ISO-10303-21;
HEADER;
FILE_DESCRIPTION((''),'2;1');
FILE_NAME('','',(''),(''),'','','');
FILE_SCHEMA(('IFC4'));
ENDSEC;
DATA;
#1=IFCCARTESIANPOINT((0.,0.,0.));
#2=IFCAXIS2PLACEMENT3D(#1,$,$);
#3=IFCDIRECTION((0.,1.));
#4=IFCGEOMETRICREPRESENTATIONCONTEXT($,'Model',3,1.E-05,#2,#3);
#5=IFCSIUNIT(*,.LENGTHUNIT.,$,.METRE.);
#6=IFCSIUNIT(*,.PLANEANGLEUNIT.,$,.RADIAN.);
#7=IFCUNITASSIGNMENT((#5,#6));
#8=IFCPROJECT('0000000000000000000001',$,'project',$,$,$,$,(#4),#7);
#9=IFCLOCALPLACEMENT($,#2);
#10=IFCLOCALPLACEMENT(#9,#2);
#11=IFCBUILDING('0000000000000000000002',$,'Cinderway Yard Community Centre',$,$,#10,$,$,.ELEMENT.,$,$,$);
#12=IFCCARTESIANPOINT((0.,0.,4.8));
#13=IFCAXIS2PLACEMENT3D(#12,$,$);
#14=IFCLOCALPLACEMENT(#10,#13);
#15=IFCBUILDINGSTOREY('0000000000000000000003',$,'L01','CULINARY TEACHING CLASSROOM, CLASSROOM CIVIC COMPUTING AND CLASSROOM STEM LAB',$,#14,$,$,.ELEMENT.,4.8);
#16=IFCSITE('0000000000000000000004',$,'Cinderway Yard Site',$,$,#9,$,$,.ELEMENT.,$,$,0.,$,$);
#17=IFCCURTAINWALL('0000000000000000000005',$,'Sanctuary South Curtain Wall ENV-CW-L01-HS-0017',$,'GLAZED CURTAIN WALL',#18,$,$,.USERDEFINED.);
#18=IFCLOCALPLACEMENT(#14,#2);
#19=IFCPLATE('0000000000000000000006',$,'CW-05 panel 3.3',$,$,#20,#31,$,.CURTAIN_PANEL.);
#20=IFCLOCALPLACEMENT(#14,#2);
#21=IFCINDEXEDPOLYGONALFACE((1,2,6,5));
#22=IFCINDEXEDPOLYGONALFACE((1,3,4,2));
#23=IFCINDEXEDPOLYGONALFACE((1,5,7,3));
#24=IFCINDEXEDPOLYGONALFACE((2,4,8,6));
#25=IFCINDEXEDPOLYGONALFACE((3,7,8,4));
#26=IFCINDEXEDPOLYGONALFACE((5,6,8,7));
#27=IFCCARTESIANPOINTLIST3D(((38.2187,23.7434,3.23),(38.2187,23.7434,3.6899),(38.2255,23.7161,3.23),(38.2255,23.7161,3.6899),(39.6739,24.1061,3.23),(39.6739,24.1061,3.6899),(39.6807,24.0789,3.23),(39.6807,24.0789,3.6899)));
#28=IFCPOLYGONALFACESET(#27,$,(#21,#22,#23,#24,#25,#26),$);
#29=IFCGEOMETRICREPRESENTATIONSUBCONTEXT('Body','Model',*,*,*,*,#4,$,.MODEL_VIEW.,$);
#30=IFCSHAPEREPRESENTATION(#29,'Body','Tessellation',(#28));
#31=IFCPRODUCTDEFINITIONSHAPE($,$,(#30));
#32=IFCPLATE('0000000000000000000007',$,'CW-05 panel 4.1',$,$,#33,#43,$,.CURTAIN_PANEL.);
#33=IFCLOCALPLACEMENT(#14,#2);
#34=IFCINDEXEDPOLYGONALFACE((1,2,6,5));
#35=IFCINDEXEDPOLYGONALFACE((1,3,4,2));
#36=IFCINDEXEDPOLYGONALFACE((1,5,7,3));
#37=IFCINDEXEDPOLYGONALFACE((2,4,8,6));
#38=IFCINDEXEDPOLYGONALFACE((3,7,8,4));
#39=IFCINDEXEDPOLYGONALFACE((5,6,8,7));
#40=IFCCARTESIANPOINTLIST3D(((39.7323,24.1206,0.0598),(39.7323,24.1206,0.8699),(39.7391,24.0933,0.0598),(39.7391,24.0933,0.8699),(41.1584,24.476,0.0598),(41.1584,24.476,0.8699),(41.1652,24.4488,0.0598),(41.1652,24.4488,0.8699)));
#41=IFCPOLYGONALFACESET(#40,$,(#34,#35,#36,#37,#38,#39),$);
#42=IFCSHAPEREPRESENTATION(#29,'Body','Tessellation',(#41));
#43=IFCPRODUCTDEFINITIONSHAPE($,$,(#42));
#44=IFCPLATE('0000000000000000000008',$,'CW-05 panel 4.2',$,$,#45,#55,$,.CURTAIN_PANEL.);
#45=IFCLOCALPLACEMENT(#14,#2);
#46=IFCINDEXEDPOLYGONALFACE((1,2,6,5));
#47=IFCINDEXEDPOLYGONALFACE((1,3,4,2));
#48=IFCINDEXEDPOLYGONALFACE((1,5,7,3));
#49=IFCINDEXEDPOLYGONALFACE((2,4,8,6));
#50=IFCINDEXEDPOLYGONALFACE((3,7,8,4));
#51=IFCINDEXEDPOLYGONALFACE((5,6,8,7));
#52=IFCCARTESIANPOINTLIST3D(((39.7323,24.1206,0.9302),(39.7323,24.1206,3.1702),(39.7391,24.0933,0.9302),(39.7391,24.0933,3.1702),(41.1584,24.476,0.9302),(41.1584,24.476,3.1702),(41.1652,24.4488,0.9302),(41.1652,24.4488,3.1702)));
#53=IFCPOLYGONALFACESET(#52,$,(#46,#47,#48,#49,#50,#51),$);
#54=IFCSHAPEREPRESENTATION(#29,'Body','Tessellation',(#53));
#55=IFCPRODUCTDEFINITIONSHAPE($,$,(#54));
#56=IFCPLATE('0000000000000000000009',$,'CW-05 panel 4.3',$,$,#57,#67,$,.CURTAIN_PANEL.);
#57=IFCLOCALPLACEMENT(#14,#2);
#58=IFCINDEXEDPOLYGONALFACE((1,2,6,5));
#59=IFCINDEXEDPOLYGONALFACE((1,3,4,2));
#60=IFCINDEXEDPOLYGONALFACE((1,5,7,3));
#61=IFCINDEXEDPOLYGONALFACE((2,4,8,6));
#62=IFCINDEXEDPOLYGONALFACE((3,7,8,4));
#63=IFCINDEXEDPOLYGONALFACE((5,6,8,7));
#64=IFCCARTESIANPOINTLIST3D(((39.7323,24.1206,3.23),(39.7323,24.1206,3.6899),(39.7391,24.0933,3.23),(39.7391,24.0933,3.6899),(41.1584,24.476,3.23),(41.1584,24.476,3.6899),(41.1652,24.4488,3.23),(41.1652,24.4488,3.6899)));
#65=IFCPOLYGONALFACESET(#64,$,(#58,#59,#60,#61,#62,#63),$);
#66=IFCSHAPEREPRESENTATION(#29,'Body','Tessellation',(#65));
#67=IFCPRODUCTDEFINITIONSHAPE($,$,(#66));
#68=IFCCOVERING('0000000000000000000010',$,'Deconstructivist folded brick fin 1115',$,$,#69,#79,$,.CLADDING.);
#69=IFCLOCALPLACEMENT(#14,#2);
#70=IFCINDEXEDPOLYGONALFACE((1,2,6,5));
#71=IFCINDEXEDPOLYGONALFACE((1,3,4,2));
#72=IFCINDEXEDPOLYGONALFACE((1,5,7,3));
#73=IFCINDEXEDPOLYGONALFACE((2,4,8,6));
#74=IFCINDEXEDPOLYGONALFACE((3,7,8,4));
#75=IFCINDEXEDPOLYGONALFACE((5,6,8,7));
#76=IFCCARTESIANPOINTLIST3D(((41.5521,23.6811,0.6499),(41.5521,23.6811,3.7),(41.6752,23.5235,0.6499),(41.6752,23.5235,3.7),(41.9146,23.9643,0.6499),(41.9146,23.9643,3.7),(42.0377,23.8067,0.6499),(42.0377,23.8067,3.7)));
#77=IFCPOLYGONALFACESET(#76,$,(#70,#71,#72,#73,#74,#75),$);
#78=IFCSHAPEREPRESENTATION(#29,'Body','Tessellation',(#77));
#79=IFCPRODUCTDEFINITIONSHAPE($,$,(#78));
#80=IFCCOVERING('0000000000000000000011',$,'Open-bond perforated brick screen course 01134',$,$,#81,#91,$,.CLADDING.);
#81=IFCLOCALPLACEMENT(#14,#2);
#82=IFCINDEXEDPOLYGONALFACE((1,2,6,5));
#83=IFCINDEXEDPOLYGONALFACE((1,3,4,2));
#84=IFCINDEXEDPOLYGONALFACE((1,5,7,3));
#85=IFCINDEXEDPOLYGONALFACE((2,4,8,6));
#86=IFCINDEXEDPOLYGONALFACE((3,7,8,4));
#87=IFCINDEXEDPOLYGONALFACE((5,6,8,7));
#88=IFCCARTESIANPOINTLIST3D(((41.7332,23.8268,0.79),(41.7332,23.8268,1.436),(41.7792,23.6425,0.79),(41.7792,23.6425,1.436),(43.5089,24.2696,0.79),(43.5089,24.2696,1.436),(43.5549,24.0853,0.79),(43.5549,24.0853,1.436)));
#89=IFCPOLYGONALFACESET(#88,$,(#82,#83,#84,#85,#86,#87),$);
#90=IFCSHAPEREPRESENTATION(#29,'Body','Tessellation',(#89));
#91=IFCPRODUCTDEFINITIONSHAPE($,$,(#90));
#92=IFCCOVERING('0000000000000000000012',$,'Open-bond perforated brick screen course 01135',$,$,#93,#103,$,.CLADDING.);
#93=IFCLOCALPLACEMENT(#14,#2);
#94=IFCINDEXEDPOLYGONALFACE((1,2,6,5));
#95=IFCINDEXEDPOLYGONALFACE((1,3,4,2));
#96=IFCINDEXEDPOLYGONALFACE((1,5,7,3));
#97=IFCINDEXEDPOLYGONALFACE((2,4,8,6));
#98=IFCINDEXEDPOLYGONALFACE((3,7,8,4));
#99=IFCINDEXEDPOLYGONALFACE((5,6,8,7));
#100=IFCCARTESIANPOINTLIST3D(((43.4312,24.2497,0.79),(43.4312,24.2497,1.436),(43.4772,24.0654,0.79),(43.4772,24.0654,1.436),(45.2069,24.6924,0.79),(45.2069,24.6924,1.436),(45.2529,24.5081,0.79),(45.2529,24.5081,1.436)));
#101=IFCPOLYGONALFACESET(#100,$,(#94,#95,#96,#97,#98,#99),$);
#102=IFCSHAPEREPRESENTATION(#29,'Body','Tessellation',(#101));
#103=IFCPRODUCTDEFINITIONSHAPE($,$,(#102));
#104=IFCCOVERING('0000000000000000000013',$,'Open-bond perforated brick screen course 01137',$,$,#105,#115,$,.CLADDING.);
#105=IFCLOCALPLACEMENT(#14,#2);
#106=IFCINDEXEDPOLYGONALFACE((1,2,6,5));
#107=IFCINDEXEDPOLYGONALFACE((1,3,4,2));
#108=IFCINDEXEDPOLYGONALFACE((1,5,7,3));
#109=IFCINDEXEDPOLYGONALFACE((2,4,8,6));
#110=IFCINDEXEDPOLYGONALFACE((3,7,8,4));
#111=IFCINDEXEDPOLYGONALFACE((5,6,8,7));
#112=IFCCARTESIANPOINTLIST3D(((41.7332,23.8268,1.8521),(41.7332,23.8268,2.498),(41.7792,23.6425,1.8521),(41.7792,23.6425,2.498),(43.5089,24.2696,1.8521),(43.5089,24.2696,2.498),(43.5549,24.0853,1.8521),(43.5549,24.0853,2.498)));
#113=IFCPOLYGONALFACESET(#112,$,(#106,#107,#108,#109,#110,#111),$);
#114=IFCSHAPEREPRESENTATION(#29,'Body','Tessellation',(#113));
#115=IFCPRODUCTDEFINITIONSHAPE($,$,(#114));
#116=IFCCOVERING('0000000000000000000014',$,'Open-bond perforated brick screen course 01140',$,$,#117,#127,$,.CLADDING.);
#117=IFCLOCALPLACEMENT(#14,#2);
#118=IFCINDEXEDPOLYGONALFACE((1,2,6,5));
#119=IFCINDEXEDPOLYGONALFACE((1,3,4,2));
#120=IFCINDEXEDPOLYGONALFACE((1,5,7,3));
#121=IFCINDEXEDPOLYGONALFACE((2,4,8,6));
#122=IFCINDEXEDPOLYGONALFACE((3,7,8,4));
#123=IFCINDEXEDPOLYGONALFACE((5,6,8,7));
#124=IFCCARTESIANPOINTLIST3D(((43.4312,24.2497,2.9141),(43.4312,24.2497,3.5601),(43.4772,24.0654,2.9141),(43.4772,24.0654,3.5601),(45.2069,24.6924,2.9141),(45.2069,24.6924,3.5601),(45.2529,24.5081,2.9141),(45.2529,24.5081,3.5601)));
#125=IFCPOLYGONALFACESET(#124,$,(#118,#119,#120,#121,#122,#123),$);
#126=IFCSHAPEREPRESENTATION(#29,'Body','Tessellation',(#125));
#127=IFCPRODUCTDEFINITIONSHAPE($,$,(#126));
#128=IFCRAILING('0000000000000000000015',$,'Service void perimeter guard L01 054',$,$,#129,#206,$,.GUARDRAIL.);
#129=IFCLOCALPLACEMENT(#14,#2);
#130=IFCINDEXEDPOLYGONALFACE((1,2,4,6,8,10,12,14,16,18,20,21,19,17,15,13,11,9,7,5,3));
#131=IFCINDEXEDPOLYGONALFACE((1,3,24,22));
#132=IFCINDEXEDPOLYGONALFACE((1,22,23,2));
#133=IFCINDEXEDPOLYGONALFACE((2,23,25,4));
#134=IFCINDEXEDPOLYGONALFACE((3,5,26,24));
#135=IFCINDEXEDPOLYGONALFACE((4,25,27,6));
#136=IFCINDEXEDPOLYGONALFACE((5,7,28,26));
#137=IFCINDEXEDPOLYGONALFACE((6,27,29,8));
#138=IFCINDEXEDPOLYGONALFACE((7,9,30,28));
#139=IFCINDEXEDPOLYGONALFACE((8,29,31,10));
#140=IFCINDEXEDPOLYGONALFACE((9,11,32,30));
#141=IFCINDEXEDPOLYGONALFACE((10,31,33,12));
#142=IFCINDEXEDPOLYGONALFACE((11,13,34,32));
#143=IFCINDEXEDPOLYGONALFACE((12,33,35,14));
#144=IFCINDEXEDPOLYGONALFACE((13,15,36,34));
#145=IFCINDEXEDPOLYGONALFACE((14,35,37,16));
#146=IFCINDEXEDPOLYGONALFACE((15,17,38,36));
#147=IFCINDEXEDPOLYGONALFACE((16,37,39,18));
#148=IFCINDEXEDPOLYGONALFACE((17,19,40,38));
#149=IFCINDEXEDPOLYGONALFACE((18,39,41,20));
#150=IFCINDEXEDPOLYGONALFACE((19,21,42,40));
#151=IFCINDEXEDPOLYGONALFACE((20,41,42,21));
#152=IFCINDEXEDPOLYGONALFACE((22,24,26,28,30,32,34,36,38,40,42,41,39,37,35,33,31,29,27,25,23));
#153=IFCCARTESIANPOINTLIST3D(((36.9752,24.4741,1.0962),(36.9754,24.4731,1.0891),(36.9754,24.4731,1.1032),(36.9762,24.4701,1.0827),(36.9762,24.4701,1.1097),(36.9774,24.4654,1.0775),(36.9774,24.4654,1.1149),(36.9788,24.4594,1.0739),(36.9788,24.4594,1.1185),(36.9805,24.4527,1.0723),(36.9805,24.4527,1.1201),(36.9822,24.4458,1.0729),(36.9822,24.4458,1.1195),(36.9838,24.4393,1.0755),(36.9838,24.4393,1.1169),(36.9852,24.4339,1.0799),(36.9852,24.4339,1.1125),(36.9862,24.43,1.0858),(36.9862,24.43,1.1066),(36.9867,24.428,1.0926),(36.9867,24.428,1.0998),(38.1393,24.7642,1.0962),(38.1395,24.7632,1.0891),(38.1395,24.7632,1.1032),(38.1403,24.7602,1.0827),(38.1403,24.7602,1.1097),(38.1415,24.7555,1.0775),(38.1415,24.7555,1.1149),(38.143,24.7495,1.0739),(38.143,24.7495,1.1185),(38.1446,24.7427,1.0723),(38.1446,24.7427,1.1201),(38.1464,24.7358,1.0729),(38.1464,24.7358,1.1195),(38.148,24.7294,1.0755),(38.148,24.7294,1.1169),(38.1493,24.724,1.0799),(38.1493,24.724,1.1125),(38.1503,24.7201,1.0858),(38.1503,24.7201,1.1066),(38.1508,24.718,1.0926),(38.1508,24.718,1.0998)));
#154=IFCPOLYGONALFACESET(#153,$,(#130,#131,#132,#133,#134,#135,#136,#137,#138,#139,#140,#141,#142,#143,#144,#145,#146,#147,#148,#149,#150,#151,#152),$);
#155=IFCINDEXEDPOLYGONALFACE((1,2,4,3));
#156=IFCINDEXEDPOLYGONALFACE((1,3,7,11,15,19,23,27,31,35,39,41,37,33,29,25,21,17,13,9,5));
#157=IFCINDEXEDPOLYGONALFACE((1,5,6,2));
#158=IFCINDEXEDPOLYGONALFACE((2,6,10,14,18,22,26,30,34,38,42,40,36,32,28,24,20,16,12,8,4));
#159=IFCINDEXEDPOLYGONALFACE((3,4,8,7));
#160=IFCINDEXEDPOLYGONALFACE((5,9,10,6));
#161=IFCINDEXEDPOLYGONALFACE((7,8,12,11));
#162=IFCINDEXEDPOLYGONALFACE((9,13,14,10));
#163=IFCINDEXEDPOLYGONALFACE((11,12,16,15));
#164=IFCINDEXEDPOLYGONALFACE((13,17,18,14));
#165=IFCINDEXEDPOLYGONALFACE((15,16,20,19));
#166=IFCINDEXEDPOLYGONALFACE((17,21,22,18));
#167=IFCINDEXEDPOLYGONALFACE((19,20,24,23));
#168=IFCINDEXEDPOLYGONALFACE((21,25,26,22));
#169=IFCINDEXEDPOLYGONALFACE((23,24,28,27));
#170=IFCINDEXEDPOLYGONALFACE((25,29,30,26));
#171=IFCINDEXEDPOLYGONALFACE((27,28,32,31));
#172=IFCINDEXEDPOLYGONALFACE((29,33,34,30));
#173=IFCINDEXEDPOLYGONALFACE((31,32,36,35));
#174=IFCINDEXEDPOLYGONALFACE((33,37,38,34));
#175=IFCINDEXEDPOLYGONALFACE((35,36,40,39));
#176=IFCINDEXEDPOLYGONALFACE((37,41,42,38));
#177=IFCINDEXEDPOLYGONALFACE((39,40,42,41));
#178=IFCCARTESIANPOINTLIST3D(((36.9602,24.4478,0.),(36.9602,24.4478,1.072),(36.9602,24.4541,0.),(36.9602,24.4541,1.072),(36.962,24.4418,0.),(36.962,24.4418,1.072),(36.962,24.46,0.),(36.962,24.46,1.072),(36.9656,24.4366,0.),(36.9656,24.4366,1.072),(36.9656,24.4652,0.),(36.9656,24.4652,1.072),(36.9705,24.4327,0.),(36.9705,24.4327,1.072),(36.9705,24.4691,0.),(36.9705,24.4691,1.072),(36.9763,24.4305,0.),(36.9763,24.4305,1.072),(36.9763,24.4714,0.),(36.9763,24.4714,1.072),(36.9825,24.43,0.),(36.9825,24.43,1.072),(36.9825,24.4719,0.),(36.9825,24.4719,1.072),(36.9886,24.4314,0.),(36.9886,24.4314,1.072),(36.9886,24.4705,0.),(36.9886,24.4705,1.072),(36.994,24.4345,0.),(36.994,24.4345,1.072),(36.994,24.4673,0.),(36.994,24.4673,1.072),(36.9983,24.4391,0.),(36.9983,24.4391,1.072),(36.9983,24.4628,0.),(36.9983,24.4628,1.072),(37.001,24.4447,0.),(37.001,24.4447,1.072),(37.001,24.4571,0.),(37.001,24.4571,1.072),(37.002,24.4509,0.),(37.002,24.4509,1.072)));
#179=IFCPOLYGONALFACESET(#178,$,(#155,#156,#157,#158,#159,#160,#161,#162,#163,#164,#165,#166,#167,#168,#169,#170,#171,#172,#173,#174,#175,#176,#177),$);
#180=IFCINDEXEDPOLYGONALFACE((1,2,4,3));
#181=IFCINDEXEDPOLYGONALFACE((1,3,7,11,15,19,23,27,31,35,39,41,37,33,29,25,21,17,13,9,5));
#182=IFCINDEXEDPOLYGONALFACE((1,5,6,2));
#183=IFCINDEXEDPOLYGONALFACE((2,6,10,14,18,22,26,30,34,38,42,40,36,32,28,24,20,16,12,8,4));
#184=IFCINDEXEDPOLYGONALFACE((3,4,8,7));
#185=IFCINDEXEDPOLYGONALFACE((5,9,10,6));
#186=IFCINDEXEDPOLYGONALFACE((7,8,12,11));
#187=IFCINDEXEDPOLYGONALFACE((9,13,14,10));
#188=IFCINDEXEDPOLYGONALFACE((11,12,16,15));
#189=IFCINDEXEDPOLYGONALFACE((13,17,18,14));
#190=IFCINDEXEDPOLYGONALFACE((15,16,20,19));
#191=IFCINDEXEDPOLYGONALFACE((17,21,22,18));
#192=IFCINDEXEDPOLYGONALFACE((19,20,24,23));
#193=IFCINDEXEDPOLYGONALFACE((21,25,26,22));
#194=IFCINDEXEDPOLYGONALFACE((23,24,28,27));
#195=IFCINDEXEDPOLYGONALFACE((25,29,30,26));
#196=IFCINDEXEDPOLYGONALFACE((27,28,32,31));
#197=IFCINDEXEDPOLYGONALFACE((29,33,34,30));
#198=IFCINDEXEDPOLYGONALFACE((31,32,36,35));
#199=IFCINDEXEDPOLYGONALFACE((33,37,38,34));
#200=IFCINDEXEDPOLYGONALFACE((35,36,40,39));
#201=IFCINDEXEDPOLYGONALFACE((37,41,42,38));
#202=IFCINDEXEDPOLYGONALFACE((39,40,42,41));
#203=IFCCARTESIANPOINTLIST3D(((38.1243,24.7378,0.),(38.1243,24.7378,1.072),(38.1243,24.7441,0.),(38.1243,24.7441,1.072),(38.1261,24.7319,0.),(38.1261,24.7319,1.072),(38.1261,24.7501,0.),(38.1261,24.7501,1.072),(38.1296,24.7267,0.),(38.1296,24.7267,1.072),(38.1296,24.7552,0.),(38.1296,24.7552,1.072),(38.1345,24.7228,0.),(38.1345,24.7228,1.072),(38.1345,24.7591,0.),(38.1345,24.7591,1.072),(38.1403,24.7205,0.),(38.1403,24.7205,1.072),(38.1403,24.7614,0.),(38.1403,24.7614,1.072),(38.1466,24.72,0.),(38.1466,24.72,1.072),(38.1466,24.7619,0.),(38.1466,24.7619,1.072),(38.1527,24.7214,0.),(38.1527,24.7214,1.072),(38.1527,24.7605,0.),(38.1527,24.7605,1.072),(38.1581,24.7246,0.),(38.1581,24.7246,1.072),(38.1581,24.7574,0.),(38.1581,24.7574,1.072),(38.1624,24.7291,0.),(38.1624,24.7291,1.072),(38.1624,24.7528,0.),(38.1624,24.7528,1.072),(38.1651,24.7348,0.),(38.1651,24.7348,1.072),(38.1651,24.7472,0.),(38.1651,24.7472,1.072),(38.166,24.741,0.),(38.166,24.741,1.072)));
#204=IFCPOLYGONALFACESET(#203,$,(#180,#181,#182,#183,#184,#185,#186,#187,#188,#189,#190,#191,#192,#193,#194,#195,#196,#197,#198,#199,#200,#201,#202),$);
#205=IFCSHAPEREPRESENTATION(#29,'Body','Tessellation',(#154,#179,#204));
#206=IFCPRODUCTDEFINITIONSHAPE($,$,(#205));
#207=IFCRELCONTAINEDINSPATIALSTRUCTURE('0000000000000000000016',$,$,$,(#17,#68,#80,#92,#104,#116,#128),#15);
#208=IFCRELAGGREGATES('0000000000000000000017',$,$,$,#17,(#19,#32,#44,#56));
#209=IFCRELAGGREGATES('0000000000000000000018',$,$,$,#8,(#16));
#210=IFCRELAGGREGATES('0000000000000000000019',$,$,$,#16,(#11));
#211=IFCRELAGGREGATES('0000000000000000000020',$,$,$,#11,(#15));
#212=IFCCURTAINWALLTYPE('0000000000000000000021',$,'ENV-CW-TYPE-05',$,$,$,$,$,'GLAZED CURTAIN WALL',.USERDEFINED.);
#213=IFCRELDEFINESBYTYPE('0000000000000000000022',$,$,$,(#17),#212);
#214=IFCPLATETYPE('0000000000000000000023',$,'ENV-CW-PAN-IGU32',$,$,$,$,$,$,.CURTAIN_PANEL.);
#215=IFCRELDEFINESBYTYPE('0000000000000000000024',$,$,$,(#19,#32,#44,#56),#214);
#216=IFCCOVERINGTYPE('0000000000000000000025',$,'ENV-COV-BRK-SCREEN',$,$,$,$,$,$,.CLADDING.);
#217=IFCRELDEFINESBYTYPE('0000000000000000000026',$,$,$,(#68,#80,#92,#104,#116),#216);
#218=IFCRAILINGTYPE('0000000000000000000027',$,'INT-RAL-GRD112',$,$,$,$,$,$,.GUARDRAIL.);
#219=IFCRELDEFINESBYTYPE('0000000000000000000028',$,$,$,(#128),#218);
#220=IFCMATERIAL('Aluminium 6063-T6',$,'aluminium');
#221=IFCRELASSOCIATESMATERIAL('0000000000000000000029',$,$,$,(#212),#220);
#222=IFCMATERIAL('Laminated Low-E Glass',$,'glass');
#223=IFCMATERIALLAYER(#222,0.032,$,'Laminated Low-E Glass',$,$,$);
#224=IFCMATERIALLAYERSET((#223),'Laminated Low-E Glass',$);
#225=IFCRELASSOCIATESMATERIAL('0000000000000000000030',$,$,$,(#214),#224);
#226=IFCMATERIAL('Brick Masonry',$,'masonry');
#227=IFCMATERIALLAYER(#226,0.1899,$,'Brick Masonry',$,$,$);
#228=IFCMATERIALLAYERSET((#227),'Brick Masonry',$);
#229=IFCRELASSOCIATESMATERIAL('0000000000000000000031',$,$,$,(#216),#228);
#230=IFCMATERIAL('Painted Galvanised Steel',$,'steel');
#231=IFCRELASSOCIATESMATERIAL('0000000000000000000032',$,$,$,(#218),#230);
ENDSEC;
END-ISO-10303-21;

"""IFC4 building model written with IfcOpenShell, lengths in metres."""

from ifc_helpers import new_model, si_unit, direction, frame, origin, origin_2d, place, context, subcontext, project, spatial, rectangle, circle, extrude, material, layer, layer_set, type_object, element, aggregate, save


model = new_model("IFC4")

# Units and contexts
model_context = context("Model", 3, precision=1e-05, world=origin(), true_north=direction((0.0, 1.0)))
body_context = subcontext(model_context, "Body", "Model", "MODEL_VIEW")
ifc_project = project(units=[si_unit("LENGTHUNIT", "METRE"), si_unit("PLANEANGLEUNIT", "RADIAN")], contexts=[model_context])

# Site, building, storey
site_placement = place(None, origin())
site = spatial("IfcSite", under=ifc_project, at=site_placement, Name="Cinderway Yard Site", CompositionType="ELEMENT", RefElevation=0.0)
building_placement = place(site_placement, origin())
building = spatial("IfcBuilding", under=site, at=building_placement, Name="Cinderway Yard Community Centre", CompositionType="ELEMENT")
storey_placement = place(building_placement, frame((0.0, 0.0, 4.8)))
storey = spatial("IfcBuildingStorey", under=building, at=storey_placement, Name="L01", Description="CULINARY TEACHING CLASSROOM, CLASSROOM CIVIC COMPUTING AND CLASSROOM STEM LAB", CompositionType="ELEMENT", Elevation=4.8)

# Curtain wall
ifc_material_1 = material(Name="Aluminium 6063-T6", Category="aluminium")
curtain_wall_type = type_object("IfcCurtainWallType", Name="ENV-CW-TYPE-05", ElementType="GLAZED CURTAIN WALL", PredefinedType="USERDEFINED", material=ifc_material_1)
curtain_wall_placement = place(storey_placement, origin())
curtain_wall = element("IfcCurtainWall", 1, at=curtain_wall_placement, inside=storey, type_object=curtain_wall_type, Name="Sanctuary South Curtain Wall ENV-CW-L01-HS-0017", ObjectType="GLAZED CURTAIN WALL", PredefinedType="USERDEFINED")

# Plates
ifc_material_2 = material(Name="Laminated Low-E Glass", Category="glass")
ifc_layer_1 = layer(ifc_material_2, 0.032, Name="Laminated Low-E Glass")
ifc_layer_set_1 = layer_set([ifc_layer_1], Name="Laminated Low-E Glass")
plate_type = type_object("IfcPlateType", Name="ENV-CW-PAN-IGU32", PredefinedType="CURTAIN_PANEL", material=ifc_layer_set_1)
plate_1_placement = place(storey_placement, frame((38.9497, 23.9111, 3.23), z_axis=(0.0, 0.0, 1.0), x_axis=(0.970312, 0.241857, 0.0)))
plate_1 = element("IfcPlate", 2, at=plate_1_placement, type_object=plate_type, Name="CW-05 panel 3.3", PredefinedType="CURTAIN_PANEL", context=body_context, shape_type="SweptSolid", body=[
    extrude(rectangle(XDim=1.4998, YDim=0.0281, at=origin_2d()), origin(), (0.0, 0.0, 1.0), 0.46),
])
plate_2_placement = place(storey_placement, frame((40.4487, 24.2847, 0.0598), z_axis=(0.0, 0.0, 1.0), x_axis=(0.970312, 0.241857, 0.0)))
plate_2 = element("IfcPlate", 3, at=plate_2_placement, type_object=plate_type, Name="CW-05 panel 4.1", PredefinedType="CURTAIN_PANEL", context=body_context, shape_type="SweptSolid", body=[
    extrude(rectangle(XDim=1.4697, YDim=0.0281, at=origin_2d()), origin(), (0.0, 0.0, 1.0), 0.8101),
])
plate_3_placement = place(storey_placement, frame((40.4487, 24.2847, 0.9302), z_axis=(0.0, 0.0, 1.0), x_axis=(0.970312, 0.241857, 0.0)))
plate_3 = element("IfcPlate", 4, at=plate_3_placement, type_object=plate_type, Name="CW-05 panel 4.2", PredefinedType="CURTAIN_PANEL", context=body_context, shape_type="SweptSolid", body=[
    extrude(rectangle(XDim=1.4697, YDim=0.0281, at=origin_2d()), origin(), (0.0, 0.0, 1.0), 2.24),
])
plate_4_placement = place(storey_placement, frame((40.4487, 24.2847, 3.23), z_axis=(0.0, 0.0, 1.0), x_axis=(0.970312, 0.241857, 0.0)))
plate_4 = element("IfcPlate", 5, at=plate_4_placement, type_object=plate_type, Name="CW-05 panel 4.3", PredefinedType="CURTAIN_PANEL", context=body_context, shape_type="SweptSolid", body=[
    extrude(rectangle(XDim=1.4697, YDim=0.0281, at=origin_2d()), origin(), (0.0, 0.0, 1.0), 0.46),
])
aggregate(curtain_wall, [plate_1, plate_2, plate_3, plate_4])

# Coverings
ifc_material_3 = material(Name="Brick Masonry", Category="masonry")
ifc_layer_2 = layer(ifc_material_3, 0.1899, Name="Brick Masonry")
ifc_layer_set_2 = layer_set([ifc_layer_2], Name="Brick Masonry")
covering_type = type_object("IfcCoveringType", Name="ENV-COV-BRK-SCREEN", PredefinedType="CLADDING", material=ifc_layer_set_2)
covering_placement = place(storey_placement, frame((41.7949, 23.7439, 0.6499), z_axis=(0.0, 0.0, 1.0), x_axis=(-0.788011, -0.615661, 0.0)))
element("IfcCovering", 6, at=covering_placement, inside=storey, type_object=covering_type, Name="Deconstructivist folded brick fin 1115", PredefinedType="CLADDING", context=body_context, shape_type="SweptSolid", body=[
    extrude(rectangle(XDim=0.46, YDim=0.2, at=origin_2d()), origin(), (0.0, 0.0, 1.0), 3.05),
])
for number, where, z_axis, x_axis, name in (
    (7, (42.644, 23.9561, 0.79), (0.0, 0.0, 1.0), (-0.970296, -0.241922, 0.0), "Open-bond perforated brick screen course 01134"),
    (8, (44.342, 24.3789, 0.79), (0.0, 0.0, 1.0), (-0.970296, -0.241922, 0.0), "Open-bond perforated brick screen course 01135"),
    (9, (42.644, 23.9561, 1.8521), (0.0, 0.0, 1.0), (-0.970296, -0.241922, 0.0), "Open-bond perforated brick screen course 01137"),
    (10, (44.342, 24.3789, 2.9141), (0.0, 0.0, 1.0), (-0.970296, -0.241922, 0.0), "Open-bond perforated brick screen course 01140"),
):
    element("IfcCovering", number, at=place(storey_placement, frame(where, z_axis=z_axis, x_axis=x_axis)), inside=storey, type_object=covering_type, Name=name, PredefinedType="CLADDING", context=body_context, shape_type="SweptSolid", body=[
        extrude(rectangle(XDim=1.8301, YDim=0.1899, at=origin_2d()), origin(), (0.0, 0.0, 1.0), 0.646),
    ])

# Railing
ifc_material_4 = material(Name="Painted Galvanised Steel", Category="steel")
railing_type = type_object("IfcRailingType", Name="INT-RAL-GRD112", PredefinedType="GUARDRAIL", material=ifc_material_4)
railing_placement = place(storey_placement, frame((36.981, 24.4509, 0.0)))
element("IfcRailing", 11, at=railing_placement, inside=storey, type_object=railing_type, Name="Service void perimeter guard L01 054", PredefinedType="GUARDRAIL", context=body_context, shape_type="SweptSolid", body=[
    extrude(circle(Radius=0.0239, at=origin_2d()), frame((0.0, 0.0, 1.0962), z_axis=(0.970334, 0.241769, 0.0), x_axis=(-0.241769, 0.970334, 0.0)), (0.0, 0.0, 1.0), 1.1997),
    extrude(circle(Radius=0.021, at=origin_2d()), origin(), (0.0, 0.0, 1.0), 1.072),
    extrude(circle(Radius=0.021, at=origin_2d()), frame((1.1641, 0.29, 0.0)), (0.0, 0.0, 1.0), 1.072),
])

save(model, "model.ifc")
